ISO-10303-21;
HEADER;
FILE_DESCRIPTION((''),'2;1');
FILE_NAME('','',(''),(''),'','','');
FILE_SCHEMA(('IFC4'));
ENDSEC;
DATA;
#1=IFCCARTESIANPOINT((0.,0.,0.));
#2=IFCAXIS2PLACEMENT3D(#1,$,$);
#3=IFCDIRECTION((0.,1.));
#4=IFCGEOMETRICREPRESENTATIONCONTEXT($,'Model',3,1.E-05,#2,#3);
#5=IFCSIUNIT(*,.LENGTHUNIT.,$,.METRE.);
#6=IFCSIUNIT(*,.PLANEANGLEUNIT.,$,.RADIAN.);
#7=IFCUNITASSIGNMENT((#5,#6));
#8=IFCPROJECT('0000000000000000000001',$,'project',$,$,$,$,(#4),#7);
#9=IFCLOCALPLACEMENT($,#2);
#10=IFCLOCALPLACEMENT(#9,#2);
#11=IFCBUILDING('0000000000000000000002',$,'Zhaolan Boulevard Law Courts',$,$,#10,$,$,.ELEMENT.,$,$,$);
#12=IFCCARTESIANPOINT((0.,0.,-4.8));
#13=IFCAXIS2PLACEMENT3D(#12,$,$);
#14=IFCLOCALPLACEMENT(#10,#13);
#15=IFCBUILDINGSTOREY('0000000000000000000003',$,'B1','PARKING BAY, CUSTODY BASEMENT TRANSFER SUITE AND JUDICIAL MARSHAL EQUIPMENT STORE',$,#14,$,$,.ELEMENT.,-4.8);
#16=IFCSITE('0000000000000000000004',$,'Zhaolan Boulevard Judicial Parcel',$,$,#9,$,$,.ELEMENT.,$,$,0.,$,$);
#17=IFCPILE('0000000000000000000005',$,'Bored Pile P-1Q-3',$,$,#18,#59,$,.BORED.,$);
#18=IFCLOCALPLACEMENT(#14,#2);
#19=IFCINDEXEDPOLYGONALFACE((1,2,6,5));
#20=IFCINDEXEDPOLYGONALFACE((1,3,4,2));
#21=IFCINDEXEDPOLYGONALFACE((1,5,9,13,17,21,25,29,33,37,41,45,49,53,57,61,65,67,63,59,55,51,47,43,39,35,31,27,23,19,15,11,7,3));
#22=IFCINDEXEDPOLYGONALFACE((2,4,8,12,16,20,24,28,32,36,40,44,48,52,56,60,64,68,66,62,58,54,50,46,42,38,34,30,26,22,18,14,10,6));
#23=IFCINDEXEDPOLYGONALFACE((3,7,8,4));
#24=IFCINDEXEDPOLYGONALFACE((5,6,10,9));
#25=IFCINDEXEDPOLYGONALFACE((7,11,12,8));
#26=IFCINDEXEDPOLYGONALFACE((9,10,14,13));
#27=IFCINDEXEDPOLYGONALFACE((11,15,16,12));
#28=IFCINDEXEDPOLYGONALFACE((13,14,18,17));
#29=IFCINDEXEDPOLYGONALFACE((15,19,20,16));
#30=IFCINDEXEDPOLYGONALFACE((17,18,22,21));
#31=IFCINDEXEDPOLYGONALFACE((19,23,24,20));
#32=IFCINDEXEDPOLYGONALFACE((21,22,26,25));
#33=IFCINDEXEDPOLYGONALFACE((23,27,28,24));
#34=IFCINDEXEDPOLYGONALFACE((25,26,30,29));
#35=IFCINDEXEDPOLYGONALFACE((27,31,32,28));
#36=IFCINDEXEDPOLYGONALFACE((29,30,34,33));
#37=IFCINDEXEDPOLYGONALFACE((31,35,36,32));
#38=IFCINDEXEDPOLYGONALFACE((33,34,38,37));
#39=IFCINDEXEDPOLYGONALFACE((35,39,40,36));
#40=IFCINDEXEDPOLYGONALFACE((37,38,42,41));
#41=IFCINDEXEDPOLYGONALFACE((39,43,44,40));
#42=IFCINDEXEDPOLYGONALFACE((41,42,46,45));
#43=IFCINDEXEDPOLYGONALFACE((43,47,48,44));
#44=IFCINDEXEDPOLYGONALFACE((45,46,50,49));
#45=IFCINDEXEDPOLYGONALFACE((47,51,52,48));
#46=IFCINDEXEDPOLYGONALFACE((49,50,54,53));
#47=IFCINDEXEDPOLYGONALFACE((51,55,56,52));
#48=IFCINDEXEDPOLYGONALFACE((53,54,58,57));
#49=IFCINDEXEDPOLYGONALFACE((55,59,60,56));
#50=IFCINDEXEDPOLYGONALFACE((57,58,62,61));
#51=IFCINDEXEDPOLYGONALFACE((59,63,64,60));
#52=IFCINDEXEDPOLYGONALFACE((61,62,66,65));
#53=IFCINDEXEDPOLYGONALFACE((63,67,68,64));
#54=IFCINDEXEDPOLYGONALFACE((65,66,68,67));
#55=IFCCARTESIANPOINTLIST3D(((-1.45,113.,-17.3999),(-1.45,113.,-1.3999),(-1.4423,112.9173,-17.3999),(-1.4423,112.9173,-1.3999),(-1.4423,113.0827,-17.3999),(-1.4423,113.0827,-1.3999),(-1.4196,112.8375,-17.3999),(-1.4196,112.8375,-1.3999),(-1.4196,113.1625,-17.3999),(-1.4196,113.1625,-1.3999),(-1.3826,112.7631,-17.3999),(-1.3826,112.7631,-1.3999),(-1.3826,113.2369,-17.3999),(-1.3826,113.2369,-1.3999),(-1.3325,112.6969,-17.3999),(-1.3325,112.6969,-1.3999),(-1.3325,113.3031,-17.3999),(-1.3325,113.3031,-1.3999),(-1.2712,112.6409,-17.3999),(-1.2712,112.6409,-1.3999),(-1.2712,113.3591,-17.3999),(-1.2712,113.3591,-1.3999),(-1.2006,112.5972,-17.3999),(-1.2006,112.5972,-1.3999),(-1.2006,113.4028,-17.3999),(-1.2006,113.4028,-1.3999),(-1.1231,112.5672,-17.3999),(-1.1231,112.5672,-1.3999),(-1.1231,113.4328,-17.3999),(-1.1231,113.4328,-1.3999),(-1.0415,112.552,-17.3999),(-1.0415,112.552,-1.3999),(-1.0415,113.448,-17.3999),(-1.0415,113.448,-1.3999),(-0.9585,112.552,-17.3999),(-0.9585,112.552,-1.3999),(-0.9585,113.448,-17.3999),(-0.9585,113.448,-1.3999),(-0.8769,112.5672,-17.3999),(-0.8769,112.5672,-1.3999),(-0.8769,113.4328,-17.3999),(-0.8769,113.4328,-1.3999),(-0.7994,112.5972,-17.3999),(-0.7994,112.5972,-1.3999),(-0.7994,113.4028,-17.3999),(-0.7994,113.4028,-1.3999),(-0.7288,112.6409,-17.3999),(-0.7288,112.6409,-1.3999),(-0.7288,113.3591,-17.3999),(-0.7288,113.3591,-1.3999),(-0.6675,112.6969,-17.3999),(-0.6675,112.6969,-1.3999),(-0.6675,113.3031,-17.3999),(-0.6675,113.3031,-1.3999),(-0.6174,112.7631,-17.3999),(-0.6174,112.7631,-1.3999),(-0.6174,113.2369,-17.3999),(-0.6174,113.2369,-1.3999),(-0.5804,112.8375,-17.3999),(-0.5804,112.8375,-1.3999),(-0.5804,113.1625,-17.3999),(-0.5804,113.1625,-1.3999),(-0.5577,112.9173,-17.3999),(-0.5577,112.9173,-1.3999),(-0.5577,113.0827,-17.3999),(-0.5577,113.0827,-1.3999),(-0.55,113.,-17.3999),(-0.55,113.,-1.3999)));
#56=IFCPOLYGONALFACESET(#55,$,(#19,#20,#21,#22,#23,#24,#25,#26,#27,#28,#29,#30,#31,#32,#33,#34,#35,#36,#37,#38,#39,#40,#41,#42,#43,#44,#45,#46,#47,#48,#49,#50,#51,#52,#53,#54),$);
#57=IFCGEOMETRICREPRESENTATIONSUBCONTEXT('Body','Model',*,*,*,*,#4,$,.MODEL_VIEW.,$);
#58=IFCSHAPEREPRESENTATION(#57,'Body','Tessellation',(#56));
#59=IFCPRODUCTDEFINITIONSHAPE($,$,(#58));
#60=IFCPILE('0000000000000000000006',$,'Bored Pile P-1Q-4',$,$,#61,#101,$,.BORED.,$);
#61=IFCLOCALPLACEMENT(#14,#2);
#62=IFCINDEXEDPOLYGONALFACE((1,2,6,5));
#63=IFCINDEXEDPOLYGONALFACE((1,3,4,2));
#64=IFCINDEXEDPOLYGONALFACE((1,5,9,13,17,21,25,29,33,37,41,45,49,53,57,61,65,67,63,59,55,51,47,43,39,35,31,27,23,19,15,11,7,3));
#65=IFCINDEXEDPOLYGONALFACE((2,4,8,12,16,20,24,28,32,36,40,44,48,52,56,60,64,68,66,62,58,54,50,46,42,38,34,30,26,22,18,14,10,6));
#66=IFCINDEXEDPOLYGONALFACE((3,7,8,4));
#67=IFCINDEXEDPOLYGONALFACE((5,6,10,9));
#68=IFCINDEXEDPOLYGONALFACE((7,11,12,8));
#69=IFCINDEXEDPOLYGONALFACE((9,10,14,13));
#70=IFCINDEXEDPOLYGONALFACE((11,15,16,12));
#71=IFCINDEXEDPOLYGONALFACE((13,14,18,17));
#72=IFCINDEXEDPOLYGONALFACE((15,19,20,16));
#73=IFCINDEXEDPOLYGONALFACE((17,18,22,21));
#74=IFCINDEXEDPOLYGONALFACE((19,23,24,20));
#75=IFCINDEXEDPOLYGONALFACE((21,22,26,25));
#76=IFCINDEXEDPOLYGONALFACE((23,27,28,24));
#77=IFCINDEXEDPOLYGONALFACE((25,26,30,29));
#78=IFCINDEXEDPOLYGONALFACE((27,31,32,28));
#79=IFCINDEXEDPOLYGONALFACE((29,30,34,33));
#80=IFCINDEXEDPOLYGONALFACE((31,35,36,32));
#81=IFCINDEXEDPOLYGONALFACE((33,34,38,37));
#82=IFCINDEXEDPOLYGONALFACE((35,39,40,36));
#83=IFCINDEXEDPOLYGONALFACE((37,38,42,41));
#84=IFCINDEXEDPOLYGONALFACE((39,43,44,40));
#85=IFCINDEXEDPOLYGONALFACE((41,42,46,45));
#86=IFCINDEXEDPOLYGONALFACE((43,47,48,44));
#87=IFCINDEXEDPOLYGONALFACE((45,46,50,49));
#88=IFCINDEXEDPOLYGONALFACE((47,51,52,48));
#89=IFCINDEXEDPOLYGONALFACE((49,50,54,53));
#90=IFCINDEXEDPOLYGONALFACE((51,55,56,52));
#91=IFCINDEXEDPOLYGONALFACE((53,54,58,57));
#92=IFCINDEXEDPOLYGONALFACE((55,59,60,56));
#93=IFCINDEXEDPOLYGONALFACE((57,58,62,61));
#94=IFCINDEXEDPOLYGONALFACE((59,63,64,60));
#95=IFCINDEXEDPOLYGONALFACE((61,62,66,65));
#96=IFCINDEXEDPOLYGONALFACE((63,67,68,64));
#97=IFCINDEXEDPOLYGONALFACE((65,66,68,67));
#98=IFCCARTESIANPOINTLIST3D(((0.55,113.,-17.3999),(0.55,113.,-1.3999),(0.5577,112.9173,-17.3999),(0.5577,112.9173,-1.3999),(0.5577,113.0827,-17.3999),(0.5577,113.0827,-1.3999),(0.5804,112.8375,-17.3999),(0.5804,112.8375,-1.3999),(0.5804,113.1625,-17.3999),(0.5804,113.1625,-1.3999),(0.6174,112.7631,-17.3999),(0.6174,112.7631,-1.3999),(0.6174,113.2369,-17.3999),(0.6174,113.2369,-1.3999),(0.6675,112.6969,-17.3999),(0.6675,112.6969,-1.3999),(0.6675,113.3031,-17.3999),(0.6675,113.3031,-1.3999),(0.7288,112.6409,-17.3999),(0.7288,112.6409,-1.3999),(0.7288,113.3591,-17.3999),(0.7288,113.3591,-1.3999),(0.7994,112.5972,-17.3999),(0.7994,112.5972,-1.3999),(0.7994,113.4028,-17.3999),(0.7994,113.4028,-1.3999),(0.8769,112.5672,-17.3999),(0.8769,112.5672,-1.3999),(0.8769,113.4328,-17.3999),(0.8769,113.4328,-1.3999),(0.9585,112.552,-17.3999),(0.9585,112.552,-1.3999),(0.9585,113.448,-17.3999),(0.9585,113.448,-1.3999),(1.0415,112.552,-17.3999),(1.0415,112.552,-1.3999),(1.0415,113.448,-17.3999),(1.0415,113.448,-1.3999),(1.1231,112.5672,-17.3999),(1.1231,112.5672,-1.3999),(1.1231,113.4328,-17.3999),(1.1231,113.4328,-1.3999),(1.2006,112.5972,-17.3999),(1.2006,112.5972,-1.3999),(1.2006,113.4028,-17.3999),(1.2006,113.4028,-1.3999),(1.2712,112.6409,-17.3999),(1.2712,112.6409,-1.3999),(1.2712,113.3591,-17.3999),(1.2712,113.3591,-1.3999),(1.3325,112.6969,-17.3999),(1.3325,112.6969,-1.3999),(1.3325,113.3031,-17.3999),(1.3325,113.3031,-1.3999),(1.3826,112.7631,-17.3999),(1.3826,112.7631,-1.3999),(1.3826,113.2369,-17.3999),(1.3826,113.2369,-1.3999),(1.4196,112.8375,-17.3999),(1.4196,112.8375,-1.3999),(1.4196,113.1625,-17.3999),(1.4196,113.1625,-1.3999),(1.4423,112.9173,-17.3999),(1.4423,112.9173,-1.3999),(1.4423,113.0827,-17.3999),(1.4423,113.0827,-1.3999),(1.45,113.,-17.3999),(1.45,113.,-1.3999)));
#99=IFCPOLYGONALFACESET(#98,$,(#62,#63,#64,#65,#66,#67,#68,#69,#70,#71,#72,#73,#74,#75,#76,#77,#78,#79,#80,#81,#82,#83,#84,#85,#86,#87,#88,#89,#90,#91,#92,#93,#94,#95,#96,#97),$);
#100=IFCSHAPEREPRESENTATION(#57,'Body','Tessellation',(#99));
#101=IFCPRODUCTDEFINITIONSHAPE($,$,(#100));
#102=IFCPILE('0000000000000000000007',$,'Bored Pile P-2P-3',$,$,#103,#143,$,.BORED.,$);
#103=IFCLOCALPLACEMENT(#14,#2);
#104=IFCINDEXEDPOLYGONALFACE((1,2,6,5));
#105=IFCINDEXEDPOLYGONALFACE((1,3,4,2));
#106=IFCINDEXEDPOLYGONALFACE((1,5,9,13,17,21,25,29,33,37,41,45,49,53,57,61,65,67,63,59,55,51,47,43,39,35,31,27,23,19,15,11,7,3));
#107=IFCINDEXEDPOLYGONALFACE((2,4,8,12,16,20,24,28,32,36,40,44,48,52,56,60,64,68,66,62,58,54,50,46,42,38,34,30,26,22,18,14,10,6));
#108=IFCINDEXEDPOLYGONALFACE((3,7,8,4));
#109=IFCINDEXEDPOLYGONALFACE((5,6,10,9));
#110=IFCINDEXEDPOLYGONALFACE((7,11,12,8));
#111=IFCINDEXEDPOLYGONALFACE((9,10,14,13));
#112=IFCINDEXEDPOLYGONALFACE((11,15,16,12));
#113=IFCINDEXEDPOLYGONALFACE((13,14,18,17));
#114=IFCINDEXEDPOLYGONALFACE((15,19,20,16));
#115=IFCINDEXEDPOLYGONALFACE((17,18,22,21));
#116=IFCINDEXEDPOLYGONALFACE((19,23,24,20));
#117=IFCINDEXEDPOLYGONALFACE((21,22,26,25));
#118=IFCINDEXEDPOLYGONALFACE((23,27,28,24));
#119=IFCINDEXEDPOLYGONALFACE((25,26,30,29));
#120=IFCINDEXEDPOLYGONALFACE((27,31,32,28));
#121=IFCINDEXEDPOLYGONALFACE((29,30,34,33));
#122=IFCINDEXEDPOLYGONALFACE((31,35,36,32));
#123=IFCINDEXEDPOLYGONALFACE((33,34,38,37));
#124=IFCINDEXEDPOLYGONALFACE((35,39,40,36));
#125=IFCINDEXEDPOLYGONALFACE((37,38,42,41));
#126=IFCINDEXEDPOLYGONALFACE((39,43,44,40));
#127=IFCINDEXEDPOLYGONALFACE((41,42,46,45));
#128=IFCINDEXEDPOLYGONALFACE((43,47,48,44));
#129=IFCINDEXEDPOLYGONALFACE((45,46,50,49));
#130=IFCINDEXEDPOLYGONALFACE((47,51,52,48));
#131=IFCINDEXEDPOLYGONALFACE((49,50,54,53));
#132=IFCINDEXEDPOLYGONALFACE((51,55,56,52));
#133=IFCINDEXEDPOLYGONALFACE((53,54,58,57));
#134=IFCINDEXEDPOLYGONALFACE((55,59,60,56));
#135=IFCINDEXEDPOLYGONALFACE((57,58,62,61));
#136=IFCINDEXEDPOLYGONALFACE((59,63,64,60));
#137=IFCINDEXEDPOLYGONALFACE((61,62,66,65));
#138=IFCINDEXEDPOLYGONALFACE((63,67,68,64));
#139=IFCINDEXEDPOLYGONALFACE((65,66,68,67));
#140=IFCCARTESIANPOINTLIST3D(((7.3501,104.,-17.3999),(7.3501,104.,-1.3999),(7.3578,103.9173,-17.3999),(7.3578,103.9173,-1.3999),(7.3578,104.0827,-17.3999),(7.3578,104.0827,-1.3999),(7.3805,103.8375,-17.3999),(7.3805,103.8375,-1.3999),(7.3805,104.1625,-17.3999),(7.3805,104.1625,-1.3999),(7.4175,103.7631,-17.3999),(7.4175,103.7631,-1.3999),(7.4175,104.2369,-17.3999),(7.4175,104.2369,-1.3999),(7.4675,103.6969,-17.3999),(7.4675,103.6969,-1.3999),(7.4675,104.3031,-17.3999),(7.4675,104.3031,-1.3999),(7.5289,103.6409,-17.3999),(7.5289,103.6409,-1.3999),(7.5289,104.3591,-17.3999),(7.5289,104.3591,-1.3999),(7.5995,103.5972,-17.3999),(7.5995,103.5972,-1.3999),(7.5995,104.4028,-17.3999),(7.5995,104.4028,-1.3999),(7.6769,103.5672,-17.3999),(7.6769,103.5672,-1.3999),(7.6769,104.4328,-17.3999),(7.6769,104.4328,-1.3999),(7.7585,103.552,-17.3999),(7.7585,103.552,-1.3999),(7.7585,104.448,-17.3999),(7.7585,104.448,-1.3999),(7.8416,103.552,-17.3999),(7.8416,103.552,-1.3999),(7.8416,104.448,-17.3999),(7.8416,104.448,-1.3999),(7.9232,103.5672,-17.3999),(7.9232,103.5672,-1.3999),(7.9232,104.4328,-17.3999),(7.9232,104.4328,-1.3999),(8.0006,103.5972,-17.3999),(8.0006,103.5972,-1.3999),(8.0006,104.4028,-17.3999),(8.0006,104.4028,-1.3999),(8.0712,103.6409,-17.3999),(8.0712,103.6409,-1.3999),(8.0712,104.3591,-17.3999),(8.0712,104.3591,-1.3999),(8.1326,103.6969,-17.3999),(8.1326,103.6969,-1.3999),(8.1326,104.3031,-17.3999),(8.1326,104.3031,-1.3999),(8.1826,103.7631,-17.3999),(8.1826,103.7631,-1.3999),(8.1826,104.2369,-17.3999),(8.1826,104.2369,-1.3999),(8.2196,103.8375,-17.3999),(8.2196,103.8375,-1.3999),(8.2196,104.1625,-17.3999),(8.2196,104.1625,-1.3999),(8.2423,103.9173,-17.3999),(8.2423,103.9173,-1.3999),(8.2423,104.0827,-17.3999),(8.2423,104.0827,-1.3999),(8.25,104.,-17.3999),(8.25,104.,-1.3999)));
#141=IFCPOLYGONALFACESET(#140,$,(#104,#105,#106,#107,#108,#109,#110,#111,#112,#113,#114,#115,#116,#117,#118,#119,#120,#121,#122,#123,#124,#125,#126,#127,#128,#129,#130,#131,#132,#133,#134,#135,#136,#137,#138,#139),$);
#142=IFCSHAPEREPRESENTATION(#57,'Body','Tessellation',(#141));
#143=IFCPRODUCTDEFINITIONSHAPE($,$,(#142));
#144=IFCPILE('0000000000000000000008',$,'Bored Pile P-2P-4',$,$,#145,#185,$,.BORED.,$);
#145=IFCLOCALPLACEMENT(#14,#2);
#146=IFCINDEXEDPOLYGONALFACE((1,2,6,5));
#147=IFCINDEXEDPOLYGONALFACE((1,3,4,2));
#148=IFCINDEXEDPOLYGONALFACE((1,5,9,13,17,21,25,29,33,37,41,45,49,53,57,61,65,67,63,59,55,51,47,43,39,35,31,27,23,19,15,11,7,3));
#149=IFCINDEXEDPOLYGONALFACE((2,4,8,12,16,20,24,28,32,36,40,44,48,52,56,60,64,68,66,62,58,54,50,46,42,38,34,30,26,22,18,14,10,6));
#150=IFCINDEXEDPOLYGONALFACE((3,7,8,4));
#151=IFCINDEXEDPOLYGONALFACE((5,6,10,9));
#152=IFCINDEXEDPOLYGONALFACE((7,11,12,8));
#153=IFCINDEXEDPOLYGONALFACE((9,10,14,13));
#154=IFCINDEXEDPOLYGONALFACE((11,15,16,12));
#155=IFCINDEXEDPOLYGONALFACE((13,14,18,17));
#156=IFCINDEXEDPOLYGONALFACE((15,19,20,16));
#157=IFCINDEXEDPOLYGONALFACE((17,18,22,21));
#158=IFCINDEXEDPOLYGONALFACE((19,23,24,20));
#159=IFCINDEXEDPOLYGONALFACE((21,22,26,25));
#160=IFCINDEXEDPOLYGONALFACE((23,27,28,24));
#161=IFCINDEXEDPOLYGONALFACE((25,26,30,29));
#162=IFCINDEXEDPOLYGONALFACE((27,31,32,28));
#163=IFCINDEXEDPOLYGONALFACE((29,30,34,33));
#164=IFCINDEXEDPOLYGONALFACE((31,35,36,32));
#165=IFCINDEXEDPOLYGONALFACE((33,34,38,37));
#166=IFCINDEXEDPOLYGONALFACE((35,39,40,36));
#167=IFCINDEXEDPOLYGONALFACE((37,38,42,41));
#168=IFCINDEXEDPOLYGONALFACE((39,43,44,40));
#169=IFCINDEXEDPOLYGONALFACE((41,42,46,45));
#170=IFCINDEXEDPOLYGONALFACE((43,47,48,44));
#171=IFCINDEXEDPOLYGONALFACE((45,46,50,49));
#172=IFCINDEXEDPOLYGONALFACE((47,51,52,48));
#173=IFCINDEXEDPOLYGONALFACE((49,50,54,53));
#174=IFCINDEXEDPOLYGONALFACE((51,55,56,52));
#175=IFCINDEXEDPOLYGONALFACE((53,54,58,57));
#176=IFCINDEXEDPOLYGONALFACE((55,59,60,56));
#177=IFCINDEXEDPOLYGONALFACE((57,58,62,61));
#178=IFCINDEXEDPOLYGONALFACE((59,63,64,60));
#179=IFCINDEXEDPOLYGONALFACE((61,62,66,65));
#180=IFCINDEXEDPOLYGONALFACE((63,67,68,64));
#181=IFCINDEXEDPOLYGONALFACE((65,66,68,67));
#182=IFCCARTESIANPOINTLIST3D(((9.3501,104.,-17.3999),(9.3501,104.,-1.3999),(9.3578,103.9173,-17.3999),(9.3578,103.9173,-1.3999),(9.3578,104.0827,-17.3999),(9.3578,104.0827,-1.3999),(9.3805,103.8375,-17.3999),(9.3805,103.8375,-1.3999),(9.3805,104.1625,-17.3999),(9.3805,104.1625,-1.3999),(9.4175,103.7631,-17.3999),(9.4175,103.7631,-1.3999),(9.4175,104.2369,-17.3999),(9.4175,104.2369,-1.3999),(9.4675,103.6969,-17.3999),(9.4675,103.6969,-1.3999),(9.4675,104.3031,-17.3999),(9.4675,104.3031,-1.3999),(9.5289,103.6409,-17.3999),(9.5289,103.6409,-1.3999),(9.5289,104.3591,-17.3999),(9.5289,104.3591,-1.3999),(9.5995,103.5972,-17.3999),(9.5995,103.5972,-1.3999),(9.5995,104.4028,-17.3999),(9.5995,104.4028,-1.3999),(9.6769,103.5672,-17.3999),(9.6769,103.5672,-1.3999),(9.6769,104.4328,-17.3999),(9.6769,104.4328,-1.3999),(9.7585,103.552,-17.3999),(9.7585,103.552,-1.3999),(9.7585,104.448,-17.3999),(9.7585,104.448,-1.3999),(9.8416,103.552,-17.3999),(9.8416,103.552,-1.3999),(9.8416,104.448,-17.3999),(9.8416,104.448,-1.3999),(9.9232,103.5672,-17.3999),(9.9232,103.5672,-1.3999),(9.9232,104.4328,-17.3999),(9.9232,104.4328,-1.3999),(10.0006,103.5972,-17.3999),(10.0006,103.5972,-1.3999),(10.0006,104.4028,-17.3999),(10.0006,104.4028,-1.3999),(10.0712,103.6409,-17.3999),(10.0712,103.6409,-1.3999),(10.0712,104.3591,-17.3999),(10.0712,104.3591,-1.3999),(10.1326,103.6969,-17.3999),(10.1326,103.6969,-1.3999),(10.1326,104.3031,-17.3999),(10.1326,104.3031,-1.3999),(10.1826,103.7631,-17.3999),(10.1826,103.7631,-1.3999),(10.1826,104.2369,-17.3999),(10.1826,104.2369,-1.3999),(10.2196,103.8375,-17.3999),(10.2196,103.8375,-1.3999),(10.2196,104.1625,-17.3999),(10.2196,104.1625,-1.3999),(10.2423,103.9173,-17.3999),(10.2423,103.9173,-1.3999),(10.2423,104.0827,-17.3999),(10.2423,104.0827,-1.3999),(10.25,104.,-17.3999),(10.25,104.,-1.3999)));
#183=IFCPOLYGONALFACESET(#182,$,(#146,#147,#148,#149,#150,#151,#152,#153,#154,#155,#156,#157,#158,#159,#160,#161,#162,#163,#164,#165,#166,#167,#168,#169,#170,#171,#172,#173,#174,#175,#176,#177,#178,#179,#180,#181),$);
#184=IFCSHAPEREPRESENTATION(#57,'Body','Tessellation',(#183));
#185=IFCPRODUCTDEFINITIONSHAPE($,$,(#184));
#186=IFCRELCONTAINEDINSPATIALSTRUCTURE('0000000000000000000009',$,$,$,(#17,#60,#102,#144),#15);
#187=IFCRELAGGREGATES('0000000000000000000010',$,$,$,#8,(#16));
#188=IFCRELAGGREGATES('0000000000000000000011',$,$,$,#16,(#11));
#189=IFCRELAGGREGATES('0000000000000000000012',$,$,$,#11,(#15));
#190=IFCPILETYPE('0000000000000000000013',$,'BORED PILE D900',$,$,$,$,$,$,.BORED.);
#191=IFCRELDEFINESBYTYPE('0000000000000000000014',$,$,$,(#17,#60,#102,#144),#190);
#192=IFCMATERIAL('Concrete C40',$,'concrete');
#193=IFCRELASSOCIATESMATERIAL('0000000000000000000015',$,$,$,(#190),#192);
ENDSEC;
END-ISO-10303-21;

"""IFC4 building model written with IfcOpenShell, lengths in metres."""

from ifc_helpers import new_model, si_unit, direction, frame, origin, origin_2d, place, context, subcontext, project, spatial, circle, extrude, material, material_profile, profile_set, type_object, element, save


model = new_model("IFC4")

# Units and contexts
model_context = context("Model", 3, precision=1e-05, world=origin(), true_north=direction((0.0, 1.0)))
body_context = subcontext(model_context, "Body", "Model", "MODEL_VIEW")
ifc_project = project(units=[si_unit("LENGTHUNIT", "METRE"), si_unit("PLANEANGLEUNIT", "RADIAN")], contexts=[model_context])

# Site, building, storey
site_placement = place(None, origin())
site = spatial("IfcSite", under=ifc_project, at=site_placement, Name="Zhaolan Boulevard Judicial Parcel", CompositionType="ELEMENT", RefElevation=0.0)
building_placement = place(site_placement, origin())
building = spatial("IfcBuilding", under=site, at=building_placement, Name="Zhaolan Boulevard Law Courts", CompositionType="ELEMENT")
storey_placement = place(building_placement, frame((0.0, 0.0, -4.8)))
storey = spatial("IfcBuildingStorey", under=building, at=storey_placement, Name="B1", Description="PARKING BAY, CUSTODY BASEMENT TRANSFER SUITE AND JUDICIAL MARSHAL EQUIPMENT STORE", CompositionType="ELEMENT", Elevation=-4.8)

# Piles
ifc_material_1 = material(Name="Concrete C40", Category="concrete")
ifc_material_profile_1 = material_profile(ifc_material_1, circle(Radius=0.45, at=origin_2d()), Name="PILE-D900")
ifc_profile_set_1 = profile_set([ifc_material_profile_1], Name="Concrete C40")
pile_type = type_object("IfcPileType", Name="BORED PILE D900", PredefinedType="BORED", material=ifc_profile_set_1)
for number, where, z_axis, x_axis, name in (
    (1, (-1.0, 113.0, -1.3999), (0.0, 0.0, -1.0), (1.0, 0.0, 0.0), "Bored Pile P-1Q-3"),
    (2, (1.0, 113.0, -1.3999), (0.0, 0.0, -1.0), (1.0, 0.0, 0.0), "Bored Pile P-1Q-4"),
    (3, (7.8, 104.0, -1.3999), (0.0, 0.0, -1.0), (1.0, 0.0, 0.0), "Bored Pile P-2P-3"),
    (4, (9.8, 104.0, -1.3999), (0.0, 0.0, -1.0), (1.0, 0.0, 0.0), "Bored Pile P-2P-4"),
):
    element("IfcPile", number, at=place(storey_placement, frame(where, z_axis=z_axis, x_axis=x_axis)), inside=storey, type_object=pile_type, Name=name, PredefinedType="BORED", context=body_context, shape_type="SweptSolid", body=[
        extrude(circle(Radius=0.45, at=origin_2d()), origin(), (0.0, 0.0, 1.0), 16.0),
    ])

save(model, "model.ifc")
